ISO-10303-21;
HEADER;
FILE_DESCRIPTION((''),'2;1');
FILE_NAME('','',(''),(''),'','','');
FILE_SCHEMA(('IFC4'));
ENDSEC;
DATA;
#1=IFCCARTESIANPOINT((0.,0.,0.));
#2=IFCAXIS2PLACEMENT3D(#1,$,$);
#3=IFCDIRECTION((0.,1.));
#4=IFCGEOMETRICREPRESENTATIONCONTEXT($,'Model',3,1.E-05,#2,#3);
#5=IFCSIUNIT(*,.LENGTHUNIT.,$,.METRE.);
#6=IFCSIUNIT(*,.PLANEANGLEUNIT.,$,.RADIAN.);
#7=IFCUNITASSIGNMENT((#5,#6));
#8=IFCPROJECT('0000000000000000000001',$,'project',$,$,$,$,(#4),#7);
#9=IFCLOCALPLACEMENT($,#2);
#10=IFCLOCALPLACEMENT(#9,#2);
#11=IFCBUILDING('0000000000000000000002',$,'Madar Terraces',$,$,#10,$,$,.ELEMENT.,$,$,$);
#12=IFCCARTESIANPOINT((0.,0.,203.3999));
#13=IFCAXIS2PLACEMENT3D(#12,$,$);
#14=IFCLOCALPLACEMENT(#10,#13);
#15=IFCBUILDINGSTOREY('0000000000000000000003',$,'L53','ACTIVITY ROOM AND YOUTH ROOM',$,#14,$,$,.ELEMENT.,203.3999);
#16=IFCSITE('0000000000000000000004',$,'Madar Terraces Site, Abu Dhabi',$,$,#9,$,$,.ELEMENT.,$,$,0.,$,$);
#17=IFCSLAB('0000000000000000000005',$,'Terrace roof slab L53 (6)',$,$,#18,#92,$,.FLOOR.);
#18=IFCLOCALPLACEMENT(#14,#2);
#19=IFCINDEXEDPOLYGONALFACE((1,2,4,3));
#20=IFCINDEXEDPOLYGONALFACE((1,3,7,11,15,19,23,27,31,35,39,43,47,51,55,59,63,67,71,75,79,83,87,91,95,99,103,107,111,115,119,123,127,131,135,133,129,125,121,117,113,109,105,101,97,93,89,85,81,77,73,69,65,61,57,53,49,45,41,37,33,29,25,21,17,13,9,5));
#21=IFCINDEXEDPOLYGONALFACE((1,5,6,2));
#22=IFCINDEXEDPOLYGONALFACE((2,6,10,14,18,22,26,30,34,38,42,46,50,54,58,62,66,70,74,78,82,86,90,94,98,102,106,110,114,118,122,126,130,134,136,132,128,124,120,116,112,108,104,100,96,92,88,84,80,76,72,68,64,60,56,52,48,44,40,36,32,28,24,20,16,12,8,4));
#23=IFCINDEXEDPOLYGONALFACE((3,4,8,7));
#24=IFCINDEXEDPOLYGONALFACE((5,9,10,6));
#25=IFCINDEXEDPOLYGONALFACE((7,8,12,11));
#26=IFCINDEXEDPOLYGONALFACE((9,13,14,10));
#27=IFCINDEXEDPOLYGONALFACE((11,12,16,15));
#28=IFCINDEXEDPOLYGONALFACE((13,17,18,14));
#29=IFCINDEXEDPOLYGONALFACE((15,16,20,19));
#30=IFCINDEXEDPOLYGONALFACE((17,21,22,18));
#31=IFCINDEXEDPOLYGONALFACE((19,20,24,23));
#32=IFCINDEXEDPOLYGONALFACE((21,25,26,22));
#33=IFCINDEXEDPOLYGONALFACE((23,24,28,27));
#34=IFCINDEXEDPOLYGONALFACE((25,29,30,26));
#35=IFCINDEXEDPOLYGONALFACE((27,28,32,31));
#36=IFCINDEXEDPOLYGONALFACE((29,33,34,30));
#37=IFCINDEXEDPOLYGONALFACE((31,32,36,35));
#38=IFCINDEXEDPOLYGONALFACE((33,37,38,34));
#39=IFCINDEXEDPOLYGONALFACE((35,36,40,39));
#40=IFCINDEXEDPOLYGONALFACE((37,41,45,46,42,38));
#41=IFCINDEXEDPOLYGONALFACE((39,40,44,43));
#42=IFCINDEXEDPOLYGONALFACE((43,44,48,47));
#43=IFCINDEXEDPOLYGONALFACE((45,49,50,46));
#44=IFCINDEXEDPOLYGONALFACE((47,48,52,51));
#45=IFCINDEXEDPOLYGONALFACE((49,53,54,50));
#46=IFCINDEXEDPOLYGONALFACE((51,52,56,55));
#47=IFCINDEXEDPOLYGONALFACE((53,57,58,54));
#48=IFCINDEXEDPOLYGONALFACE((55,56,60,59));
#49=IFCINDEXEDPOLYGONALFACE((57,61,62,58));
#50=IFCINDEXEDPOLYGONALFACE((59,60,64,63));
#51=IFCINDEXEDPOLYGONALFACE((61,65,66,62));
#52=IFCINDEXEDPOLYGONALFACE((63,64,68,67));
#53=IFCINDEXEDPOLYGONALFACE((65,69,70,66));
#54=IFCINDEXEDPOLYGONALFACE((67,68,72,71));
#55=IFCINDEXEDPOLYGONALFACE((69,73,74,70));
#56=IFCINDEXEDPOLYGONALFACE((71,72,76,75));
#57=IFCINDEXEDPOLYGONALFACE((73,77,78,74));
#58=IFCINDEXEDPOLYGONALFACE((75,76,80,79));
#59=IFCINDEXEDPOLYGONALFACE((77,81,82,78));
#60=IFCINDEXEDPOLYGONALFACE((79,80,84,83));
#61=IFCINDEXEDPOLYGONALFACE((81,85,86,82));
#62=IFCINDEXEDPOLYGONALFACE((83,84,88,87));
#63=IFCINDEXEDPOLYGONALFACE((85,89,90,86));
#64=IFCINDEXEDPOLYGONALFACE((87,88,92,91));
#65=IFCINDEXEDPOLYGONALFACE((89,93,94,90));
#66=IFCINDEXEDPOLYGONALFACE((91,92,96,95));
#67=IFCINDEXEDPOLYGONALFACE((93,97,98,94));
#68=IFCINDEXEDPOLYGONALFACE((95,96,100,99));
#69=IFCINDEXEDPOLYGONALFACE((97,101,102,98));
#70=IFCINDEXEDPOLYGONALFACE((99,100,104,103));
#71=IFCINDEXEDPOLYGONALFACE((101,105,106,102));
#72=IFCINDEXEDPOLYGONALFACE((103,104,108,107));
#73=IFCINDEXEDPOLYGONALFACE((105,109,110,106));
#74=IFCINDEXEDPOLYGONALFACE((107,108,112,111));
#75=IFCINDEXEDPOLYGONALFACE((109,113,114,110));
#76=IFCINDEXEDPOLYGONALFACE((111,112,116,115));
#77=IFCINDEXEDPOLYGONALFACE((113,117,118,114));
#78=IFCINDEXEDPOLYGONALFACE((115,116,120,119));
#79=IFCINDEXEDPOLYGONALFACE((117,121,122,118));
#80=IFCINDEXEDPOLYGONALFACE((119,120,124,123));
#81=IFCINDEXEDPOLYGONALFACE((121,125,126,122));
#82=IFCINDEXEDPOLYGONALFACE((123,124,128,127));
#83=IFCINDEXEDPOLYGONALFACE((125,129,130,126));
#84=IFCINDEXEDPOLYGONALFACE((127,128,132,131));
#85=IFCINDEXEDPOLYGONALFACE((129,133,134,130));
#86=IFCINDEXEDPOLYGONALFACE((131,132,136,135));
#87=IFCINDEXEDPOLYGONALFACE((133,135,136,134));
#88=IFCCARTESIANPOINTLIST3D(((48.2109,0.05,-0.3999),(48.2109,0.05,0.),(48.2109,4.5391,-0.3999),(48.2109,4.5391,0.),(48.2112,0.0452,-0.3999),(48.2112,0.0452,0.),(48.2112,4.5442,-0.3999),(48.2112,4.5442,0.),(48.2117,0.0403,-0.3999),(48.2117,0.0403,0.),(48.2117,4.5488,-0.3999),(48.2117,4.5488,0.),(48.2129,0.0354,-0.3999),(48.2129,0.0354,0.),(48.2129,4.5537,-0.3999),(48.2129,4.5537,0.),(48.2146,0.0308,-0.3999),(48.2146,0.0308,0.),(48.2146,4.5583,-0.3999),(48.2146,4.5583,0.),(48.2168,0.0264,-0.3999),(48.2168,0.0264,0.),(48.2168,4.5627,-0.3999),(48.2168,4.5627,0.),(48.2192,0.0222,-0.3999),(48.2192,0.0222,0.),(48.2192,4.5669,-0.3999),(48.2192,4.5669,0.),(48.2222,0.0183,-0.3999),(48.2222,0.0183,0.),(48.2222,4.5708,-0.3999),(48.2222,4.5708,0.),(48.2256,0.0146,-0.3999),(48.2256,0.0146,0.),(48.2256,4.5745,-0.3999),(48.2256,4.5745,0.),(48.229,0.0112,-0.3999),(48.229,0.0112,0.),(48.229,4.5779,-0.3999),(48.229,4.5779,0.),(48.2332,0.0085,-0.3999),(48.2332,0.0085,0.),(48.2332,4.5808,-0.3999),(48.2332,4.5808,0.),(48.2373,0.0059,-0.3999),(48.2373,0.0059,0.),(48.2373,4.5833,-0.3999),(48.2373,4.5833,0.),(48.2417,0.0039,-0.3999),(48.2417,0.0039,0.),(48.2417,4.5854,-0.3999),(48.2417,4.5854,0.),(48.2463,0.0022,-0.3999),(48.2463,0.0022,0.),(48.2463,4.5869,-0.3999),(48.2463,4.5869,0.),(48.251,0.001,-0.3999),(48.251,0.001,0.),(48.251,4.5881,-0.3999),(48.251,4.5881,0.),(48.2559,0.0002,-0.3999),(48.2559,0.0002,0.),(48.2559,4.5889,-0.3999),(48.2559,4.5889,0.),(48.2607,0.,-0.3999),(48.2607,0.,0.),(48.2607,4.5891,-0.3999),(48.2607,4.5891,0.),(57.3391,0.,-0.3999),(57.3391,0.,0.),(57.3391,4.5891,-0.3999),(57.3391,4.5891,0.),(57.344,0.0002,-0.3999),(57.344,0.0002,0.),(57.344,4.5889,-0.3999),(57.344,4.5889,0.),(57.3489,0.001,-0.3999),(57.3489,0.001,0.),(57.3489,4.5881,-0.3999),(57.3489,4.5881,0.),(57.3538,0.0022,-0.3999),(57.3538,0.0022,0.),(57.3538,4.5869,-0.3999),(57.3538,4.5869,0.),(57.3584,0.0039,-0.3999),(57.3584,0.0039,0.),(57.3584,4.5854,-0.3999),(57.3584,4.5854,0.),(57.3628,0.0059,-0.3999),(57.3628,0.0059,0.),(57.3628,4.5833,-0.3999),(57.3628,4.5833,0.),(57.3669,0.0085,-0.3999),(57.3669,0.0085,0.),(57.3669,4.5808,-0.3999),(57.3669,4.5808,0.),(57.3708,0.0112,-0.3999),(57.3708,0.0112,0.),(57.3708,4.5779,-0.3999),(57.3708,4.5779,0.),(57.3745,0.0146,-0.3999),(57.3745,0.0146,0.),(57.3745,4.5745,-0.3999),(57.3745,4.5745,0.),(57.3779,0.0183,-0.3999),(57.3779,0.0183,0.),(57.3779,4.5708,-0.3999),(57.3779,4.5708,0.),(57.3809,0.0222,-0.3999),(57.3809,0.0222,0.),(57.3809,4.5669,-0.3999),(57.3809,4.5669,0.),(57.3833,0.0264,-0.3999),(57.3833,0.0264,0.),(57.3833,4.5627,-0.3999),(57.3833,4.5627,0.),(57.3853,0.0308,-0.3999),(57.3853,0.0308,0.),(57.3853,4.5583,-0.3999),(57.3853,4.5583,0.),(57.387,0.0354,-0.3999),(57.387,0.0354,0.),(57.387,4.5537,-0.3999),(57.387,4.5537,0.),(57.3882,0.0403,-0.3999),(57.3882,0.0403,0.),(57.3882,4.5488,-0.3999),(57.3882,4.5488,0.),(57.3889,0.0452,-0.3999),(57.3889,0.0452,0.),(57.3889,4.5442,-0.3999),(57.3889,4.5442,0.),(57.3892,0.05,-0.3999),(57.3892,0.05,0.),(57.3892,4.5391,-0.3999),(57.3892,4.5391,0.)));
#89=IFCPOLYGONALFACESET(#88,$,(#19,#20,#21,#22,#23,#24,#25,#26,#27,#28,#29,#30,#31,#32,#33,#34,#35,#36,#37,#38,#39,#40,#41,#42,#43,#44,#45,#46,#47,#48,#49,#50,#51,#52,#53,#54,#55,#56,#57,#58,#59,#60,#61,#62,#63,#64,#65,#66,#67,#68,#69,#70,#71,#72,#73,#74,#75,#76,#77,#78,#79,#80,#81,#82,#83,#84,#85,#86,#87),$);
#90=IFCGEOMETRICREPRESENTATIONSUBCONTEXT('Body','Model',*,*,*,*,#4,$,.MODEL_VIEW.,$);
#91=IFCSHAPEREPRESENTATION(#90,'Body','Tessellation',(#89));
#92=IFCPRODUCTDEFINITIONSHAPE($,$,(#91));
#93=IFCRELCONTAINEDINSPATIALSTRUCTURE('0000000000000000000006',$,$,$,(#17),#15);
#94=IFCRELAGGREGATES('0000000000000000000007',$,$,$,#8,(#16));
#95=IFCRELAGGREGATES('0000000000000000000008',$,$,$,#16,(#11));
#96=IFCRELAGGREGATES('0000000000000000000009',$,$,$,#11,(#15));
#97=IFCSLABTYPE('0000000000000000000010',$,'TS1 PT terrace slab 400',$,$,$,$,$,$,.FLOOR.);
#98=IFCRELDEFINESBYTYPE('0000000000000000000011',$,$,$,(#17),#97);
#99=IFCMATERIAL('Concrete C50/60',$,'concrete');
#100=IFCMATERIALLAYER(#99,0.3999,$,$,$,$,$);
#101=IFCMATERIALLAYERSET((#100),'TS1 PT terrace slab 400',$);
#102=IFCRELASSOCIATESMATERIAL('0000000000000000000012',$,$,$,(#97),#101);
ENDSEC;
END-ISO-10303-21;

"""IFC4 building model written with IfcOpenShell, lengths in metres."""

from ifc_helpers import new_model, si_unit, direction, frame, origin, place, context, subcontext, project, spatial, polyline, outline, extrude, material, layer, layer_set, type_object, element, save


model = new_model("IFC4")

# Units and contexts
model_context = context("Model", 3, precision=1e-05, world=origin(), true_north=direction((0.0, 1.0)))
body_context = subcontext(model_context, "Body", "Model", "MODEL_VIEW")
ifc_project = project(units=[si_unit("LENGTHUNIT", "METRE"), si_unit("PLANEANGLEUNIT", "RADIAN")], contexts=[model_context])

# Site, building, storey
site_placement = place(None, origin())
site = spatial("IfcSite", under=ifc_project, at=site_placement, Name="Madar Terraces Site, Abu Dhabi", CompositionType="ELEMENT", RefElevation=0.0)
building_placement = place(site_placement, origin())
building = spatial("IfcBuilding", under=site, at=building_placement, Name="Madar Terraces", CompositionType="ELEMENT")
storey_placement = place(building_placement, frame((0.0, 0.0, 203.3999)))
storey = spatial("IfcBuildingStorey", under=building, at=storey_placement, Name="L53", Description="ACTIVITY ROOM AND YOUTH ROOM", CompositionType="ELEMENT", Elevation=203.3999)

# Slab
ifc_material_1 = material(Name="Concrete C50/60", Category="concrete")
ifc_layer_1 = layer(ifc_material_1, 0.3999)
ifc_layer_set_1 = layer_set([ifc_layer_1], Name="TS1 PT terrace slab 400")
slab_type_1 = type_object("IfcSlabType", Name="TS1 PT terrace slab 400", PredefinedType="FLOOR", material=ifc_layer_set_1)
slab_1_placement = place(storey_placement, frame((0.0, 0.0, -0.3999)))
element("IfcSlab", 1, at=slab_1_placement, inside=storey, type_object=slab_type_1, Name="Terrace roof slab L53 (6)", PredefinedType="FLOOR", context=body_context, shape_type="SweptSolid", body=[
    extrude(outline(polyline([(48.251, 0.001), (48.2559, 0.0002), (48.2607, 0.0), (57.3391, 0.0), (57.344, 0.0002), (57.3489, 0.001), (57.3538, 0.0022), (57.3584, 0.0039), (57.3628, 0.0059), (57.3669, 0.0085), (57.3708, 0.0112), (57.3745, 0.0146), (57.3779, 0.0183), (57.3809, 0.0222), (57.3833, 0.0264), (57.3853, 0.0308), (57.387, 0.0354), (57.3882, 0.0403), (57.3889, 0.0452), (57.3892, 0.05), (57.3892, 4.5391), (57.3889, 4.5442), (57.3882, 4.5488), (57.387, 4.5537), (57.3853, 4.5583), (57.3833, 4.5627), (57.3809, 4.5669), (57.3779, 4.5708), (57.3745, 4.5745), (57.3708, 4.5779), (57.3669, 4.5808), (57.3628, 4.5833), (57.3584, 4.5854), (57.3538, 4.5869), (57.3489, 4.5881), (57.344, 4.5889), (57.3391, 4.5891), (48.2607, 4.5891), (48.2559, 4.5889), (48.251, 4.5881), (48.2463, 4.5869), (48.2417, 4.5854), (48.2373, 4.5833), (48.2332, 4.5808), (48.229, 4.5779), (48.2256, 4.5745), (48.2222, 4.5708), (48.2192, 4.5669), (48.2168, 4.5627), (48.2146, 4.5583), (48.2129, 4.5537), (48.2117, 4.5488), (48.2112, 4.5442), (48.2109, 4.5391), (48.2109, 0.05), (48.2112, 0.0452), (48.2117, 0.0403), (48.2129, 0.0354), (48.2146, 0.0308), (48.2168, 0.0264), (48.2192, 0.0222), (48.2222, 0.0183), (48.2256, 0.0146), (48.229, 0.0112), (48.2332, 0.0085), (48.2373, 0.0059), (48.2417, 0.0039), (48.2463, 0.0022), (48.251, 0.001)])), origin(), (0.0, 0.0, 1.0), 0.3999),
])

save(model, "model.ifc")
